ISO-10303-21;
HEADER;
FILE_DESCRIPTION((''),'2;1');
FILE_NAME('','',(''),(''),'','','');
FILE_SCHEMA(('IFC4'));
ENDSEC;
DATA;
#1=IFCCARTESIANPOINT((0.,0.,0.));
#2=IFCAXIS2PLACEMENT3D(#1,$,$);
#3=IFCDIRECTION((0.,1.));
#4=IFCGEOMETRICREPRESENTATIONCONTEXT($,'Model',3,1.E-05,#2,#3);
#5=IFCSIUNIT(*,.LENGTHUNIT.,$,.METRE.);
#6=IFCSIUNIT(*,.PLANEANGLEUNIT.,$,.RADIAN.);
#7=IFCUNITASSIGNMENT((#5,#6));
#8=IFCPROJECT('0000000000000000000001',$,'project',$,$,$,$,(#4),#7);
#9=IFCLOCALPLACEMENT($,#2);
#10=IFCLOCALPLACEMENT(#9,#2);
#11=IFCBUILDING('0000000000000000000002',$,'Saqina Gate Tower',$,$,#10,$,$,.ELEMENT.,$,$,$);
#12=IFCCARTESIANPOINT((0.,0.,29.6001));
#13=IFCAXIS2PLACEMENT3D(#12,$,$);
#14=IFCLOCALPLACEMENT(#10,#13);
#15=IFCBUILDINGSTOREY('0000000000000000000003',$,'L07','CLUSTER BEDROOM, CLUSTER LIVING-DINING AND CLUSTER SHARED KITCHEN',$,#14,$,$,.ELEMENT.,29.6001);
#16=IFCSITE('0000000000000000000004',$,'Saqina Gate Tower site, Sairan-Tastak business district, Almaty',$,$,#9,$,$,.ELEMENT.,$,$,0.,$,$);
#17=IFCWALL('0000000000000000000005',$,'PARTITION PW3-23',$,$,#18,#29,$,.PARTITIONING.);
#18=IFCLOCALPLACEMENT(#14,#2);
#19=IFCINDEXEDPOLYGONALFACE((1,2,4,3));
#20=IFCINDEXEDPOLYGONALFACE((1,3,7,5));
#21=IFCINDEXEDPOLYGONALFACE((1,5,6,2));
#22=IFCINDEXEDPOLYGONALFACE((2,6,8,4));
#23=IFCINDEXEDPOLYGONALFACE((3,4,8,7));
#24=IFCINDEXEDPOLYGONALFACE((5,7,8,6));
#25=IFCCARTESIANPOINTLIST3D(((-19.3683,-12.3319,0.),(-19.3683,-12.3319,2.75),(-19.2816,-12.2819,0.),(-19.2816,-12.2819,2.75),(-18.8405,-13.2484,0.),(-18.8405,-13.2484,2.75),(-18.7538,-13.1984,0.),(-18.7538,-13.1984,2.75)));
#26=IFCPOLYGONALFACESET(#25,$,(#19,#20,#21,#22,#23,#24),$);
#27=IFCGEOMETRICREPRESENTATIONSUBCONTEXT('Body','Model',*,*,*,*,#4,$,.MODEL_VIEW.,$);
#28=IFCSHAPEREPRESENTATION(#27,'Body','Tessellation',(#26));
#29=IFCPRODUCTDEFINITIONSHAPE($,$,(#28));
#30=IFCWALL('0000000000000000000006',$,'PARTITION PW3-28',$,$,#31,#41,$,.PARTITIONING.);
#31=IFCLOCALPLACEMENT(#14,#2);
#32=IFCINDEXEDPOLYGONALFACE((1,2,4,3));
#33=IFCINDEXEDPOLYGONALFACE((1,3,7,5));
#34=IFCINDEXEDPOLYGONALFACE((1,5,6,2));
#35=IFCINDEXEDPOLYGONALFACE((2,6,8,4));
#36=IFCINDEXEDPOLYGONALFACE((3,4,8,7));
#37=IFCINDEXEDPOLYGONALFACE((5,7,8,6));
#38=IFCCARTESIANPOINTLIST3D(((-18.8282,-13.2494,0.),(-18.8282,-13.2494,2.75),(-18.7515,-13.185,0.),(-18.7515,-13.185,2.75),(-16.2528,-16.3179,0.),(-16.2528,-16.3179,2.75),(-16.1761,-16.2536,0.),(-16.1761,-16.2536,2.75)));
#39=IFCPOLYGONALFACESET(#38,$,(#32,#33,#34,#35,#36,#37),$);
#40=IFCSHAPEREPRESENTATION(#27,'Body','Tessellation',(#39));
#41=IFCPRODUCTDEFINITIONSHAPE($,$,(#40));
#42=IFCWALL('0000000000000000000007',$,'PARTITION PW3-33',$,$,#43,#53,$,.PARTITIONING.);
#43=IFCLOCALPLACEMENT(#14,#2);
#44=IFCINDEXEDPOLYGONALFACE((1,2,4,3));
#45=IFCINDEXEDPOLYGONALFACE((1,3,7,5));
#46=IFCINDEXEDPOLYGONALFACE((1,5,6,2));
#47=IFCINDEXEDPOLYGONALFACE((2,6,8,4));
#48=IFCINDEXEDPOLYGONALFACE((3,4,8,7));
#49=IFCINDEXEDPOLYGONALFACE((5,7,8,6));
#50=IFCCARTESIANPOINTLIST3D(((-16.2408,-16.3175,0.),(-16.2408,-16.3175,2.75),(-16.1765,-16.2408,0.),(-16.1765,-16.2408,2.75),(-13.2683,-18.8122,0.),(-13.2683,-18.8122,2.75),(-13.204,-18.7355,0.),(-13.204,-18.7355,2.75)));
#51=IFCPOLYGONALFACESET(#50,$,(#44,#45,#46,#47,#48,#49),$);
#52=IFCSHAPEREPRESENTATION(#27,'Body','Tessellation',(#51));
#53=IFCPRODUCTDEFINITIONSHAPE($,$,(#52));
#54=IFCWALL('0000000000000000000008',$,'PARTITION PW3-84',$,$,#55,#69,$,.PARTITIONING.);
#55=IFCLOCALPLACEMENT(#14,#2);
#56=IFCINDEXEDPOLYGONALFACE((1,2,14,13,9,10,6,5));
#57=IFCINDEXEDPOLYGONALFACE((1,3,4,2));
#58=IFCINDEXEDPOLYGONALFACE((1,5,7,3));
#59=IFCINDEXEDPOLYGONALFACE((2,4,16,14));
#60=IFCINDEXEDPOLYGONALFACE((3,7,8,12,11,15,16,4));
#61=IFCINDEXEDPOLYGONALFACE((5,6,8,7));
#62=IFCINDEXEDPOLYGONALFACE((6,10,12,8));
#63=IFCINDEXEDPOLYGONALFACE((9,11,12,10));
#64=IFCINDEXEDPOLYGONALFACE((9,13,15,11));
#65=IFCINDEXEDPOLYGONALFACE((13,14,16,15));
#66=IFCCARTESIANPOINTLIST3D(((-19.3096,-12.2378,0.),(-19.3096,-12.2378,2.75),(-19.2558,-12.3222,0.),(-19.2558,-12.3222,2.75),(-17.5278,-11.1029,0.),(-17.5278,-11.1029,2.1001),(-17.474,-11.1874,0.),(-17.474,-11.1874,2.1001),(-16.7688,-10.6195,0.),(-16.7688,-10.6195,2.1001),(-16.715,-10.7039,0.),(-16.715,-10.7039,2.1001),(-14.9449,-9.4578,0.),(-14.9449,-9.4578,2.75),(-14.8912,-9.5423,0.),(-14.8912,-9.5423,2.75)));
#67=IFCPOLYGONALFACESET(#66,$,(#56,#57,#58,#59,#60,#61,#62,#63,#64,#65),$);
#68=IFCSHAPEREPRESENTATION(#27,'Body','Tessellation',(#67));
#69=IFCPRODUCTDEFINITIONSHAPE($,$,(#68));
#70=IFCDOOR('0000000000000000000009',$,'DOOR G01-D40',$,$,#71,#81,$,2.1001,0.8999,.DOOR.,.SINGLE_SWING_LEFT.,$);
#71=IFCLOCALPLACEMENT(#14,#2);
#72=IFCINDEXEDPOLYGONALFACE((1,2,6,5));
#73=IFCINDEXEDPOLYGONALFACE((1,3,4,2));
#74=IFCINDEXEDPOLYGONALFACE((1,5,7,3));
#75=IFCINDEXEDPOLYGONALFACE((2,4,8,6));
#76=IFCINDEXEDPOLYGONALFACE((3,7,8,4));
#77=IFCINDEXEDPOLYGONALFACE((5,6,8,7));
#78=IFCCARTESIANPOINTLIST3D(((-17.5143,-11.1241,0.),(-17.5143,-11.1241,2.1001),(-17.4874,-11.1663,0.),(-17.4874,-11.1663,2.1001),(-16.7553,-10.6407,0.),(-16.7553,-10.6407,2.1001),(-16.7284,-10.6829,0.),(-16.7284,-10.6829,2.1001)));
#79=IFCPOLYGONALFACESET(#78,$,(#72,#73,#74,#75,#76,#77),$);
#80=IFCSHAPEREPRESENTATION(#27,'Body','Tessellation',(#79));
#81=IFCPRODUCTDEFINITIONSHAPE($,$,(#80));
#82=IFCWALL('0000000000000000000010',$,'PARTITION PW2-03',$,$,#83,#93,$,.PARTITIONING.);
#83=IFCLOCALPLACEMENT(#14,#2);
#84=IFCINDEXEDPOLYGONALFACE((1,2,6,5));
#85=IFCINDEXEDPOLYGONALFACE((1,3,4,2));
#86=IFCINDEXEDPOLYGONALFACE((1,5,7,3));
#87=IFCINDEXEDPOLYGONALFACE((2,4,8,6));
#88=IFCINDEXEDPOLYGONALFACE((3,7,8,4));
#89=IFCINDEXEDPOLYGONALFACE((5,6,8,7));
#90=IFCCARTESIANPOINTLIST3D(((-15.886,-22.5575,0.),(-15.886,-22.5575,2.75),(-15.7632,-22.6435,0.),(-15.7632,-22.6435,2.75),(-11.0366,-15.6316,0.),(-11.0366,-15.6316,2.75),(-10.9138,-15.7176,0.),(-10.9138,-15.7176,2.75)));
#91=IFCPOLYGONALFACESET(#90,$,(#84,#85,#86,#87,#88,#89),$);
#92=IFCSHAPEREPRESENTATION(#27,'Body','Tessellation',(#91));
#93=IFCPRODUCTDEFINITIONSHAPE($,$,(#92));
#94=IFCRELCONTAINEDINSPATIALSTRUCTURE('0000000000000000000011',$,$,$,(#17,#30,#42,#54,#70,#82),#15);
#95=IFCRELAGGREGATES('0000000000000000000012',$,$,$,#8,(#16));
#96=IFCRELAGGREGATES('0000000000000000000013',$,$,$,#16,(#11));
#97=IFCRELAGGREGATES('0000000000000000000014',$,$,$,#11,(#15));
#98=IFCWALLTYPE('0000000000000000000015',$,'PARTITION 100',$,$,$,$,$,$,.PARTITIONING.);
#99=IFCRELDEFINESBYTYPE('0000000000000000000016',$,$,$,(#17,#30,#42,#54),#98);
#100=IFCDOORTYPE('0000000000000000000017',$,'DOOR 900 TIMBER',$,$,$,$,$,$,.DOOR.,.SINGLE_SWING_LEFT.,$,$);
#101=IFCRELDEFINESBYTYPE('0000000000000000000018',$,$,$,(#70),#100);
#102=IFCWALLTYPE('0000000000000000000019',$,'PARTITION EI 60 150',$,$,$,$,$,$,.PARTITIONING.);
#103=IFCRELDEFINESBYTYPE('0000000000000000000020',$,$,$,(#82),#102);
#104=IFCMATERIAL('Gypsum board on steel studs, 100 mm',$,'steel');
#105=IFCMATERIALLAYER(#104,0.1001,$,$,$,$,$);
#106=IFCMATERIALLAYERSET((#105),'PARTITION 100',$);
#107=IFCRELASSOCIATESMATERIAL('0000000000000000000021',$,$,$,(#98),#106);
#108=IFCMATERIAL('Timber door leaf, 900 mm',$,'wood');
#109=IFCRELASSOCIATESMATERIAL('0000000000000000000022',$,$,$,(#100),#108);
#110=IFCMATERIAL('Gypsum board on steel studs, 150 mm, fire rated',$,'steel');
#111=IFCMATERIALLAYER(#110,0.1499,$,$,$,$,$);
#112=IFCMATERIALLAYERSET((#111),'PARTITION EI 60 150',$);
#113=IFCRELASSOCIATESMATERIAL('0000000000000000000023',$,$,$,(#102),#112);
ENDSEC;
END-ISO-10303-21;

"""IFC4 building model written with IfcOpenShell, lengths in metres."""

from ifc_helpers import new_model, si_unit, direction, frame, frame_2d, origin, place, context, subcontext, project, spatial, rectangle, extrude, material, layer, layer_set, type_object, element, fill, save


model = new_model("IFC4")

# Units and contexts
model_context = context("Model", 3, precision=1e-05, world=origin(), true_north=direction((0.0, 1.0)))
body_context = subcontext(model_context, "Body", "Model", "MODEL_VIEW")
ifc_project = project(units=[si_unit("LENGTHUNIT", "METRE"), si_unit("PLANEANGLEUNIT", "RADIAN")], contexts=[model_context])

# Site, building, storey
site_placement = place(None, origin())
site = spatial("IfcSite", under=ifc_project, at=site_placement, Name="Saqina Gate Tower site, Sairan-Tastak business district, Almaty", CompositionType="ELEMENT", RefElevation=0.0)
building_placement = place(site_placement, origin())
building = spatial("IfcBuilding", under=site, at=building_placement, Name="Saqina Gate Tower", CompositionType="ELEMENT")
storey_placement = place(building_placement, frame((0.0, 0.0, 29.6001)))
storey = spatial("IfcBuildingStorey", under=building, at=storey_placement, Name="L07", Description="CLUSTER BEDROOM, CLUSTER LIVING-DINING AND CLUSTER SHARED KITCHEN", CompositionType="ELEMENT", Elevation=29.6001)

# Walls
ifc_material_1 = material(Name="Gypsum board on steel studs, 100 mm", Category="steel")
ifc_layer_1 = layer(ifc_material_1, 0.1001)
ifc_layer_set_1 = layer_set([ifc_layer_1], Name="PARTITION 100")
wall_type_1 = type_object("IfcWallType", Name="PARTITION 100", PredefinedType="PARTITIONING", material=ifc_layer_set_1)
wall_1_placement = place(storey_placement, frame((-19.325, -12.3069, 0.0), z_axis=(0.0, 0.0, 1.0), x_axis=(0.49907, -0.866562, 0.0)))
element("IfcWall", 1, at=wall_1_placement, inside=storey, type_object=wall_type_1, Name="PARTITION PW3-23", PredefinedType="PARTITIONING", context=body_context, shape_type="SweptSolid", body=[
    extrude(rectangle(XDim=1.0576, YDim=0.1001, at=frame_2d((0.5288, 0.0))), origin(), (0.0, 0.0, 1.0), 2.75),
])
wall_2_placement = place(storey_placement, frame((-18.7898, -13.2173, 0.0), z_axis=(0.0, 0.0, 1.0), x_axis=(0.642872, -0.765974, 0.0)))
element("IfcWall", 2, at=wall_2_placement, inside=storey, type_object=wall_type_1, Name="PARTITION PW3-28", PredefinedType="PARTITIONING", context=body_context, shape_type="SweptSolid", body=[
    extrude(rectangle(XDim=4.0061, YDim=0.1001, at=frame_2d((2.0029, 0.0))), origin(), (0.0, 0.0, 1.0), 2.75),
])
wall_3_placement = place(storey_placement, frame((-16.2087, -16.2791, 0.0), z_axis=(0.0, 0.0, 1.0), x_axis=(0.765984, -0.64286, 0.0)))
element("IfcWall", 3, at=wall_3_placement, inside=storey, type_object=wall_type_1, Name="PARTITION PW3-33", PredefinedType="PARTITIONING", context=body_context, shape_type="SweptSolid", body=[
    extrude(rectangle(XDim=3.8806, YDim=0.1001, at=frame_2d((1.9404, 0.0))), origin(), (0.0, 0.0, 1.0), 2.75),
])

# Wall, opening, door
wall_4_placement = place(storey_placement, frame((-19.2827, -12.28, 0.0), z_axis=(0.0, 0.0, 1.0), x_axis=(0.843446, 0.537214, 0.0)))
wall_4 = element("IfcWall", 4, at=wall_4_placement, inside=storey, type_object=wall_type_1, Name="PARTITION PW3-84", PredefinedType="PARTITIONING", context=body_context, shape_type="SweptSolid", body=[
    extrude(rectangle(XDim=5.1748, YDim=0.1001, at=frame_2d((2.5874, 0.0))), origin(), (0.0, 0.0, 1.0), 2.75),
])
opening_1_placement = place(wall_4_placement, frame((2.1125, 0.0, 0.0)))
opening_1 = element("IfcOpeningElement", 5, at=opening_1_placement, cuts=wall_4, PredefinedType="OPENING", context=body_context, shape_type="SweptSolid", body=[
    extrude(rectangle(XDim=0.8999, YDim=2.1001, at=frame_2d((0.45, 1.05))), frame((0.0, 0.062, 0.0), z_axis=(0.0, -1.0, 0.0), x_axis=(1.0, 0.0, 0.0)), (0.0, 0.0, 1.0), 0.124),
])
ifc_material_2 = material(Name="Timber door leaf, 900 mm", Category="wood")
door_type = type_object("IfcDoorType", Name="DOOR 900 TIMBER", OperationType="SINGLE_SWING_LEFT", PredefinedType="DOOR", material=ifc_material_2)
door_placement = place(opening_1_placement, origin())
door = element("IfcDoor", 6, at=door_placement, inside=storey, type_object=door_type, Name="DOOR G01-D40", OperationType="SINGLE_SWING_LEFT", OverallHeight=2.1001, OverallWidth=0.8999, PredefinedType="DOOR", context=body_context, shape_type="SweptSolid", body=[
    extrude(rectangle(XDim=0.8999, YDim=2.1001, at=frame_2d((0.45, 1.05))), frame((0.0, 0.0249, 0.0), z_axis=(0.0, -1.0, 0.0), x_axis=(1.0, 0.0, 0.0)), (0.0, 0.0, 1.0), 0.05),
])
fill(opening_1, door)

# Wall
ifc_material_3 = material(Name="Gypsum board on steel studs, 150 mm, fire rated", Category="steel")
ifc_layer_2 = layer(ifc_material_3, 0.1499)
ifc_layer_set_2 = layer_set([ifc_layer_2], Name="PARTITION EI 60 150")
wall_type_2 = type_object("IfcWallType", Name="PARTITION EI 60 150", PredefinedType="PARTITIONING", material=ifc_layer_set_2)
wall_5_placement = place(storey_placement, frame((-15.8247, -22.6006, 0.0), z_axis=(0.0, 0.0, 1.0), x_axis=(0.573567, 0.819159, 0.0)))
element("IfcWall", 7, at=wall_5_placement, inside=storey, type_object=wall_type_2, Name="PARTITION PW2-03", PredefinedType="PARTITIONING", context=body_context, shape_type="SweptSolid", body=[
    extrude(rectangle(XDim=8.4548, YDim=0.1499, at=frame_2d((4.2275, 0.0))), origin(), (0.0, 0.0, 1.0), 2.75),
])

save(model, "model.ifc")
